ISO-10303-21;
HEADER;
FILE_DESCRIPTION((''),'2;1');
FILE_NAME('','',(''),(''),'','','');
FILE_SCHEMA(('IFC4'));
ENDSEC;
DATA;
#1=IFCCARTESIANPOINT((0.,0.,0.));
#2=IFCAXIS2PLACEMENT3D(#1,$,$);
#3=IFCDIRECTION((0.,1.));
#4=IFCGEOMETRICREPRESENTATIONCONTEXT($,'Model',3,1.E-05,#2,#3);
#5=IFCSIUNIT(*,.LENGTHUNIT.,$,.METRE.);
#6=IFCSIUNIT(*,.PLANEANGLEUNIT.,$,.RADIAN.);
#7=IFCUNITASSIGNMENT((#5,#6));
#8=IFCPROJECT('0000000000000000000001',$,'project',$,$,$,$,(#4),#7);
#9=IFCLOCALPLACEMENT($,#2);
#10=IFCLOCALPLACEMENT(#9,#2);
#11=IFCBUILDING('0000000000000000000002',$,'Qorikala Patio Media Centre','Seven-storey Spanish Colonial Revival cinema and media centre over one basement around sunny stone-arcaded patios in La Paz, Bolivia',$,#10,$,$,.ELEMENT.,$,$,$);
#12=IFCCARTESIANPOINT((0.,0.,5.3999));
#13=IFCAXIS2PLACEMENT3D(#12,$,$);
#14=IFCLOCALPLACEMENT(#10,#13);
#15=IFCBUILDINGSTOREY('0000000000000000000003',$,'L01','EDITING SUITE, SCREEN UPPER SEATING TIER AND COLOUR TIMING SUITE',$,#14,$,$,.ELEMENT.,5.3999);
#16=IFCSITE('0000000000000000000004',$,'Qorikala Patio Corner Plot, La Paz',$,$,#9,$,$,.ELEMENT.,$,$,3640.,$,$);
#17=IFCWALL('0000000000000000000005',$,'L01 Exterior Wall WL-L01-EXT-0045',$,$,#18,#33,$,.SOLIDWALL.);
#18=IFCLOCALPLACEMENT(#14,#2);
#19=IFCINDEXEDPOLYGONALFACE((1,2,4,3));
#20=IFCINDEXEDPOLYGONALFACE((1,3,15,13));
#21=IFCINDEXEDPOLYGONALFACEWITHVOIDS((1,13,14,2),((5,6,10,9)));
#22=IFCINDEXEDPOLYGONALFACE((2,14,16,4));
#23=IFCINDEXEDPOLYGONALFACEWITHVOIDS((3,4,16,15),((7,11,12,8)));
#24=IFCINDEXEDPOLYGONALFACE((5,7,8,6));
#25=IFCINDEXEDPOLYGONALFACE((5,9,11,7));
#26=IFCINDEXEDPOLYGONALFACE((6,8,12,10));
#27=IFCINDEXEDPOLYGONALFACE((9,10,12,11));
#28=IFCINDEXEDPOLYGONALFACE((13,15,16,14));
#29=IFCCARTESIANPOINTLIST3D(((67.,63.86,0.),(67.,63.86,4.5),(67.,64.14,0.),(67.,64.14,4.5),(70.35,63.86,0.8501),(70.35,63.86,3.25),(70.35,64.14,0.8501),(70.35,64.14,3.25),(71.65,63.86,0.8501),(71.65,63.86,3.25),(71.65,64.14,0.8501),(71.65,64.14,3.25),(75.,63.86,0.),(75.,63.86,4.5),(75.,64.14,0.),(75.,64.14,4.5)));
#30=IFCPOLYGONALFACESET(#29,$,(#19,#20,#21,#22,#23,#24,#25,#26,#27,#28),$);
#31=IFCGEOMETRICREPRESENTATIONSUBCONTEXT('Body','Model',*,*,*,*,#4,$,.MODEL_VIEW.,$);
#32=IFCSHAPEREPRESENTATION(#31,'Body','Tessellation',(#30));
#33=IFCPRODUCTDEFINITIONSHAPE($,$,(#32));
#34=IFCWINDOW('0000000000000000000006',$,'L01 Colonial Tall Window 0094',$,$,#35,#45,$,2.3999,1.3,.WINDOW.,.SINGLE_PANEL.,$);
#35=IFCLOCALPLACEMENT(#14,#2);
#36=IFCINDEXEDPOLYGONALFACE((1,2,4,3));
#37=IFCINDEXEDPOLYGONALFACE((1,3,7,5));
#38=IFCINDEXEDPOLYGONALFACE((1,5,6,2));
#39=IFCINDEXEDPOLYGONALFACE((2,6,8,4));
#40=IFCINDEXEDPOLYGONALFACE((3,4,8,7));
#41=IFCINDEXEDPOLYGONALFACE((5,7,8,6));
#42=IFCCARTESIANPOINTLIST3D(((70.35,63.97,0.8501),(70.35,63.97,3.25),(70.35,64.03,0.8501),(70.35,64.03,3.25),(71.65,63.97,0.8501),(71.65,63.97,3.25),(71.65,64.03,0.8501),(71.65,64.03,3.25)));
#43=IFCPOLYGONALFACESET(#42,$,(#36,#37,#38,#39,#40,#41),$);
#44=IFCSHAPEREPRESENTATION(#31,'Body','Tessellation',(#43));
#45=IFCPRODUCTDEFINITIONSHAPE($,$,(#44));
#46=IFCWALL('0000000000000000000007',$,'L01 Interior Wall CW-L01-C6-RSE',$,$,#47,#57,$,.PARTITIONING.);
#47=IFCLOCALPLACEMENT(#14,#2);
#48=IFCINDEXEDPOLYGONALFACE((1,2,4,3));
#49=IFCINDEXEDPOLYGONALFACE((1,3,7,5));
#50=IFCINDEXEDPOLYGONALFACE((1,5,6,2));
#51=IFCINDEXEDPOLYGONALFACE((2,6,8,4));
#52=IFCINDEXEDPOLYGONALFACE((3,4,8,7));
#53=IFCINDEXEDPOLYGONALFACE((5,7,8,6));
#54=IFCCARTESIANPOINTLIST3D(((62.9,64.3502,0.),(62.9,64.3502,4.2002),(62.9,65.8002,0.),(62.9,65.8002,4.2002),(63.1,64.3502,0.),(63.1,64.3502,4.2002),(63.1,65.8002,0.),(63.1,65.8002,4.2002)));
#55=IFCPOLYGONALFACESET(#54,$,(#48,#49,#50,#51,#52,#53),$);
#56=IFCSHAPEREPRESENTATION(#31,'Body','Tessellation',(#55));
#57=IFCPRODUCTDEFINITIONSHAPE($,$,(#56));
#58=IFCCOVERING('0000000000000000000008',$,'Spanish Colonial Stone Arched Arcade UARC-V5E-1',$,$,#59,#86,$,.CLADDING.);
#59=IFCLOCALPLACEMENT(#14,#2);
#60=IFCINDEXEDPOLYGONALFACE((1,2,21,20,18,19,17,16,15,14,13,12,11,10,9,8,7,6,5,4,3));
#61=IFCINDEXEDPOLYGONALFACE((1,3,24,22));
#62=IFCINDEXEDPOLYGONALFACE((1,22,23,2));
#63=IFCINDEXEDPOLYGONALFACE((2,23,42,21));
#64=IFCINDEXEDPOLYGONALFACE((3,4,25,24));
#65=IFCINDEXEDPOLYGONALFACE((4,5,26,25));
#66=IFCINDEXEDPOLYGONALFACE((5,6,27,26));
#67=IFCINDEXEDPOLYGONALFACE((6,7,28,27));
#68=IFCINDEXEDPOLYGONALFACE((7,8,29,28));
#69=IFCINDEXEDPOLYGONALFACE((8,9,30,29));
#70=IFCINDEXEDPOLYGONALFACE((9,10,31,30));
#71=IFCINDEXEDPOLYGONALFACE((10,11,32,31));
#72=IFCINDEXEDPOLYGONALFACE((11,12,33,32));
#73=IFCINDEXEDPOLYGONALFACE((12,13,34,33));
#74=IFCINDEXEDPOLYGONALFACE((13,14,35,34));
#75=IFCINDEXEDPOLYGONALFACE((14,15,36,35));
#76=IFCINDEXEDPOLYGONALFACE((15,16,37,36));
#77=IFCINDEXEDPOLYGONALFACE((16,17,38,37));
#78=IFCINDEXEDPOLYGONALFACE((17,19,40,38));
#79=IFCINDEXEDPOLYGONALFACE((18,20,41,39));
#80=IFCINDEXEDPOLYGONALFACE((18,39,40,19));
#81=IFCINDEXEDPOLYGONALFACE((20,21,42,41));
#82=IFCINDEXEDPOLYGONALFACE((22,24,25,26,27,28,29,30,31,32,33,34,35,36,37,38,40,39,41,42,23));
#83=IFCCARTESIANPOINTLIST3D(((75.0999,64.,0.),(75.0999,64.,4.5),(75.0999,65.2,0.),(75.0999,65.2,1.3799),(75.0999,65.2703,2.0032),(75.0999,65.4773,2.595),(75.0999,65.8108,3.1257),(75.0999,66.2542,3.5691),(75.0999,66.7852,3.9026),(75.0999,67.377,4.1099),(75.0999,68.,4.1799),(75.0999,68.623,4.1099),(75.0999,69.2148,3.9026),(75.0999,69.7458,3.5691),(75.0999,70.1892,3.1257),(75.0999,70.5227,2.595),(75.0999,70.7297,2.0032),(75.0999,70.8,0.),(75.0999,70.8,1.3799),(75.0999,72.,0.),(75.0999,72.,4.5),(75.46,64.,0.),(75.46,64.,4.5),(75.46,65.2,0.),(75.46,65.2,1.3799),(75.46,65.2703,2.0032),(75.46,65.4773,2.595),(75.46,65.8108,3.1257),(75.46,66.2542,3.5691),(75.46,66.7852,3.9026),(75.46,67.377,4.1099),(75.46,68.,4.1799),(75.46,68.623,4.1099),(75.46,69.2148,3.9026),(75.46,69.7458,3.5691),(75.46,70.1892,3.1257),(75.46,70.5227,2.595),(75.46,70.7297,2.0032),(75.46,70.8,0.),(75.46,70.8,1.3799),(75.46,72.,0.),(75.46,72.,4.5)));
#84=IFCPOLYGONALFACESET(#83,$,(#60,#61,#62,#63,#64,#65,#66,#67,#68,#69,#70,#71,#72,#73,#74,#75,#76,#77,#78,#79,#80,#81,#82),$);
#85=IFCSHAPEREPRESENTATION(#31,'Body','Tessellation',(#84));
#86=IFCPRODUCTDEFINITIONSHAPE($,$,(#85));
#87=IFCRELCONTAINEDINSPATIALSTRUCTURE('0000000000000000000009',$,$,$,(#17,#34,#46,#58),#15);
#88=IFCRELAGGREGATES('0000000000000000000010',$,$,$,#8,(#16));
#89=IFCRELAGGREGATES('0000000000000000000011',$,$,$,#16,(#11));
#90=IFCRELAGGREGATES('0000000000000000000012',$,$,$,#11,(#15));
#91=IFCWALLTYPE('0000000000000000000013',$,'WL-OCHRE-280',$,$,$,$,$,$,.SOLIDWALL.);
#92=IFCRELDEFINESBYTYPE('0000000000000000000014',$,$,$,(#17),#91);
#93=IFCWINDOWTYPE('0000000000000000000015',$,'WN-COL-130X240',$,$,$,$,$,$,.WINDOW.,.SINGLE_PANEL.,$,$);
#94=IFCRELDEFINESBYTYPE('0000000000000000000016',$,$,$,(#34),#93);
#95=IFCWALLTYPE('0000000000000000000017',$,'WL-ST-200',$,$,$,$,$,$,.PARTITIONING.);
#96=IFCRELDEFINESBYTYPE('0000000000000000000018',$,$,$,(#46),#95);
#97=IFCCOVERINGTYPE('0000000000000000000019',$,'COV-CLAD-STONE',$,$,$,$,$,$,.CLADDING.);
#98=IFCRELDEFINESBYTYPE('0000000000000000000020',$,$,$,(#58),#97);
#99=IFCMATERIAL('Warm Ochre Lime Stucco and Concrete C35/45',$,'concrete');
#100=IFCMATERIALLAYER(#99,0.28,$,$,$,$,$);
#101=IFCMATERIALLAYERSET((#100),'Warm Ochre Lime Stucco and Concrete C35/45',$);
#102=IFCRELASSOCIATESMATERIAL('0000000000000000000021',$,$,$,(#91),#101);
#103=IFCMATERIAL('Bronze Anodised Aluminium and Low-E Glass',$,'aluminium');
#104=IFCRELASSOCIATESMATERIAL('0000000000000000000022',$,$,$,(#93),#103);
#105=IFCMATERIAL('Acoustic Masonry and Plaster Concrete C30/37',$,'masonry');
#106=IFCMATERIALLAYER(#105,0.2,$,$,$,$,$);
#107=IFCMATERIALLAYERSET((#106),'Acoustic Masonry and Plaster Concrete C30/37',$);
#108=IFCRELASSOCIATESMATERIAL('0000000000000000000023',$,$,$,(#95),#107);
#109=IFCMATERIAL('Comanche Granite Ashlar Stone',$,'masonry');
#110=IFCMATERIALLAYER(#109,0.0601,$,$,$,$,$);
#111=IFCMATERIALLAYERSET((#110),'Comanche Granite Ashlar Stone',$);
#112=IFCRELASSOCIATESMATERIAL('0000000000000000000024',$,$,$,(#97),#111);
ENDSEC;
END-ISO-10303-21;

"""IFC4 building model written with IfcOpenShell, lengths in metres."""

from ifc_helpers import new_model, si_unit, direction, frame, frame_2d, origin, place, context, subcontext, project, spatial, polyline, rectangle, outline, extrude, material, layer, layer_set, type_object, element, fill, save


model = new_model("IFC4")

# Units and contexts
model_context = context("Model", 3, precision=1e-05, world=origin(), true_north=direction((0.0, 1.0)))
body_context = subcontext(model_context, "Body", "Model", "MODEL_VIEW")
ifc_project = project(units=[si_unit("LENGTHUNIT", "METRE"), si_unit("PLANEANGLEUNIT", "RADIAN")], contexts=[model_context])

# Site, building, storey
site_placement = place(None, origin())
site = spatial("IfcSite", under=ifc_project, at=site_placement, Name="Qorikala Patio Corner Plot, La Paz", CompositionType="ELEMENT", RefElevation=3640.0)
building_placement = place(site_placement, origin())
building = spatial("IfcBuilding", under=site, at=building_placement, Name="Qorikala Patio Media Centre", Description="Seven-storey Spanish Colonial Revival cinema and media centre over one basement around sunny stone-arcaded patios in La Paz, Bolivia", CompositionType="ELEMENT")
storey_placement = place(building_placement, frame((0.0, 0.0, 5.3999)))
storey = spatial("IfcBuildingStorey", under=building, at=storey_placement, Name="L01", Description="EDITING SUITE, SCREEN UPPER SEATING TIER AND COLOUR TIMING SUITE", CompositionType="ELEMENT", Elevation=5.3999)

# Shared definitions
ifc_material_1 = material(Name="Bronze Anodised Aluminium and Low-E Glass", Category="aluminium")

# Wall, opening, window
ifc_material_2 = material(Name="Warm Ochre Lime Stucco and Concrete C35/45", Category="concrete")
ifc_layer_1 = layer(ifc_material_2, 0.28)
ifc_layer_set_1 = layer_set([ifc_layer_1], Name="Warm Ochre Lime Stucco and Concrete C35/45")
wall_type_1 = type_object("IfcWallType", Name="WL-OCHRE-280", PredefinedType="SOLIDWALL", material=ifc_layer_set_1)
wall_1_placement = place(storey_placement, frame((75.0, 64.0, 0.0), z_axis=(0.0, 0.0, 1.0), x_axis=(-1.0, 0.0, 0.0)))
wall_1 = element("IfcWall", 1, at=wall_1_placement, inside=storey, type_object=wall_type_1, Name="L01 Exterior Wall WL-L01-EXT-0045", PredefinedType="SOLIDWALL", context=body_context, shape_type="SweptSolid", body=[
    extrude(rectangle(XDim=8.0, YDim=0.28, at=frame_2d((4.0, 0.0))), origin(), (0.0, 0.0, 1.0), 4.5),
])
opening_placement = place(wall_1_placement, frame((3.3501, 0.0, 0.8501)))
opening = element("IfcOpeningElement", 2, at=opening_placement, cuts=wall_1, PredefinedType="OPENING", context=body_context, shape_type="SweptSolid", body=[
    extrude(rectangle(XDim=1.3, YDim=2.3999, at=frame_2d((0.6499, 1.2))), frame((0.0, 0.1499, 0.0), z_axis=(0.0, -1.0, 0.0), x_axis=(1.0, 0.0, 0.0)), (0.0, 0.0, 1.0), 0.3),
])
window_type = type_object("IfcWindowType", Name="WN-COL-130X240", PartitioningType="SINGLE_PANEL", PredefinedType="WINDOW", material=ifc_material_1)
window_placement = place(opening_placement, origin())
window = element("IfcWindow", 3, at=window_placement, inside=storey, type_object=window_type, Name="L01 Colonial Tall Window 0094", OverallHeight=2.3999, OverallWidth=1.3, PartitioningType="SINGLE_PANEL", PredefinedType="WINDOW", context=body_context, shape_type="SweptSolid", body=[
    extrude(rectangle(XDim=1.3, YDim=2.3999, at=frame_2d((0.6499, 1.2))), frame((0.0, 0.03, 0.0), z_axis=(0.0, -1.0, 0.0), x_axis=(1.0, 0.0, 0.0)), (0.0, 0.0, 1.0), 0.0601),
])
fill(opening, window)

# Wall
ifc_material_3 = material(Name="Acoustic Masonry and Plaster Concrete C30/37", Category="masonry")
ifc_layer_2 = layer(ifc_material_3, 0.2)
ifc_layer_set_2 = layer_set([ifc_layer_2], Name="Acoustic Masonry and Plaster Concrete C30/37")
wall_type_2 = type_object("IfcWallType", Name="WL-ST-200", PredefinedType="PARTITIONING", material=ifc_layer_set_2)
wall_2_placement = place(storey_placement, frame((63.0, 64.3501, 0.0), z_axis=(0.0, 0.0, 1.0), x_axis=(0.0, 1.0, 0.0)))
element("IfcWall", 4, at=wall_2_placement, inside=storey, type_object=wall_type_2, Name="L01 Interior Wall CW-L01-C6-RSE", PredefinedType="PARTITIONING", context=body_context, shape_type="SweptSolid", body=[
    extrude(rectangle(XDim=1.45, YDim=0.2, at=frame_2d((0.7251, 0.0))), origin(), (0.0, 0.0, 1.0), 4.2002),
])

# Covering
ifc_material_4 = material(Name="Comanche Granite Ashlar Stone", Category="masonry")
ifc_layer_3 = layer(ifc_material_4, 0.0601)
ifc_layer_set_3 = layer_set([ifc_layer_3], Name="Comanche Granite Ashlar Stone")
covering_type = type_object("IfcCoveringType", Name="COV-CLAD-STONE", PredefinedType="CLADDING", material=ifc_layer_set_3)
covering_placement = place(storey_placement, frame((75.28, 64.0, 0.0), z_axis=(0.0, 0.0, 1.0), x_axis=(0.0, 1.0, 0.0)))
element("IfcCovering", 5, at=covering_placement, inside=storey, type_object=covering_type, Name="Spanish Colonial Stone Arched Arcade UARC-V5E-1", PredefinedType="CLADDING", context=body_context, shape_type="SweptSolid", body=[
    extrude(outline(polyline([(0.0, 0.0), (1.2, 0.0), (1.2, 1.3799), (1.2703, 2.0032), (1.4773, 2.595), (1.8108, 3.1257), (2.2542, 3.5691), (2.7852, 3.9026), (3.377, 4.1099), (4.0, 4.1799), (4.623, 4.1099), (5.2148, 3.9026), (5.7458, 3.5691), (6.1892, 3.1257), (6.5227, 2.595), (6.7297, 2.0032), (6.8, 1.3799), (6.8, 0.0), (8.0, 0.0), (8.0, 4.5), (0.0, 4.5), (0.0, 0.0)])), frame((0.0, 0.1802, 0.0), z_axis=(0.0, -1.0, 0.0), x_axis=(1.0, 0.0, 0.0)), (0.0, 0.0, 1.0), 0.3601),
])

save(model, "model.ifc")
